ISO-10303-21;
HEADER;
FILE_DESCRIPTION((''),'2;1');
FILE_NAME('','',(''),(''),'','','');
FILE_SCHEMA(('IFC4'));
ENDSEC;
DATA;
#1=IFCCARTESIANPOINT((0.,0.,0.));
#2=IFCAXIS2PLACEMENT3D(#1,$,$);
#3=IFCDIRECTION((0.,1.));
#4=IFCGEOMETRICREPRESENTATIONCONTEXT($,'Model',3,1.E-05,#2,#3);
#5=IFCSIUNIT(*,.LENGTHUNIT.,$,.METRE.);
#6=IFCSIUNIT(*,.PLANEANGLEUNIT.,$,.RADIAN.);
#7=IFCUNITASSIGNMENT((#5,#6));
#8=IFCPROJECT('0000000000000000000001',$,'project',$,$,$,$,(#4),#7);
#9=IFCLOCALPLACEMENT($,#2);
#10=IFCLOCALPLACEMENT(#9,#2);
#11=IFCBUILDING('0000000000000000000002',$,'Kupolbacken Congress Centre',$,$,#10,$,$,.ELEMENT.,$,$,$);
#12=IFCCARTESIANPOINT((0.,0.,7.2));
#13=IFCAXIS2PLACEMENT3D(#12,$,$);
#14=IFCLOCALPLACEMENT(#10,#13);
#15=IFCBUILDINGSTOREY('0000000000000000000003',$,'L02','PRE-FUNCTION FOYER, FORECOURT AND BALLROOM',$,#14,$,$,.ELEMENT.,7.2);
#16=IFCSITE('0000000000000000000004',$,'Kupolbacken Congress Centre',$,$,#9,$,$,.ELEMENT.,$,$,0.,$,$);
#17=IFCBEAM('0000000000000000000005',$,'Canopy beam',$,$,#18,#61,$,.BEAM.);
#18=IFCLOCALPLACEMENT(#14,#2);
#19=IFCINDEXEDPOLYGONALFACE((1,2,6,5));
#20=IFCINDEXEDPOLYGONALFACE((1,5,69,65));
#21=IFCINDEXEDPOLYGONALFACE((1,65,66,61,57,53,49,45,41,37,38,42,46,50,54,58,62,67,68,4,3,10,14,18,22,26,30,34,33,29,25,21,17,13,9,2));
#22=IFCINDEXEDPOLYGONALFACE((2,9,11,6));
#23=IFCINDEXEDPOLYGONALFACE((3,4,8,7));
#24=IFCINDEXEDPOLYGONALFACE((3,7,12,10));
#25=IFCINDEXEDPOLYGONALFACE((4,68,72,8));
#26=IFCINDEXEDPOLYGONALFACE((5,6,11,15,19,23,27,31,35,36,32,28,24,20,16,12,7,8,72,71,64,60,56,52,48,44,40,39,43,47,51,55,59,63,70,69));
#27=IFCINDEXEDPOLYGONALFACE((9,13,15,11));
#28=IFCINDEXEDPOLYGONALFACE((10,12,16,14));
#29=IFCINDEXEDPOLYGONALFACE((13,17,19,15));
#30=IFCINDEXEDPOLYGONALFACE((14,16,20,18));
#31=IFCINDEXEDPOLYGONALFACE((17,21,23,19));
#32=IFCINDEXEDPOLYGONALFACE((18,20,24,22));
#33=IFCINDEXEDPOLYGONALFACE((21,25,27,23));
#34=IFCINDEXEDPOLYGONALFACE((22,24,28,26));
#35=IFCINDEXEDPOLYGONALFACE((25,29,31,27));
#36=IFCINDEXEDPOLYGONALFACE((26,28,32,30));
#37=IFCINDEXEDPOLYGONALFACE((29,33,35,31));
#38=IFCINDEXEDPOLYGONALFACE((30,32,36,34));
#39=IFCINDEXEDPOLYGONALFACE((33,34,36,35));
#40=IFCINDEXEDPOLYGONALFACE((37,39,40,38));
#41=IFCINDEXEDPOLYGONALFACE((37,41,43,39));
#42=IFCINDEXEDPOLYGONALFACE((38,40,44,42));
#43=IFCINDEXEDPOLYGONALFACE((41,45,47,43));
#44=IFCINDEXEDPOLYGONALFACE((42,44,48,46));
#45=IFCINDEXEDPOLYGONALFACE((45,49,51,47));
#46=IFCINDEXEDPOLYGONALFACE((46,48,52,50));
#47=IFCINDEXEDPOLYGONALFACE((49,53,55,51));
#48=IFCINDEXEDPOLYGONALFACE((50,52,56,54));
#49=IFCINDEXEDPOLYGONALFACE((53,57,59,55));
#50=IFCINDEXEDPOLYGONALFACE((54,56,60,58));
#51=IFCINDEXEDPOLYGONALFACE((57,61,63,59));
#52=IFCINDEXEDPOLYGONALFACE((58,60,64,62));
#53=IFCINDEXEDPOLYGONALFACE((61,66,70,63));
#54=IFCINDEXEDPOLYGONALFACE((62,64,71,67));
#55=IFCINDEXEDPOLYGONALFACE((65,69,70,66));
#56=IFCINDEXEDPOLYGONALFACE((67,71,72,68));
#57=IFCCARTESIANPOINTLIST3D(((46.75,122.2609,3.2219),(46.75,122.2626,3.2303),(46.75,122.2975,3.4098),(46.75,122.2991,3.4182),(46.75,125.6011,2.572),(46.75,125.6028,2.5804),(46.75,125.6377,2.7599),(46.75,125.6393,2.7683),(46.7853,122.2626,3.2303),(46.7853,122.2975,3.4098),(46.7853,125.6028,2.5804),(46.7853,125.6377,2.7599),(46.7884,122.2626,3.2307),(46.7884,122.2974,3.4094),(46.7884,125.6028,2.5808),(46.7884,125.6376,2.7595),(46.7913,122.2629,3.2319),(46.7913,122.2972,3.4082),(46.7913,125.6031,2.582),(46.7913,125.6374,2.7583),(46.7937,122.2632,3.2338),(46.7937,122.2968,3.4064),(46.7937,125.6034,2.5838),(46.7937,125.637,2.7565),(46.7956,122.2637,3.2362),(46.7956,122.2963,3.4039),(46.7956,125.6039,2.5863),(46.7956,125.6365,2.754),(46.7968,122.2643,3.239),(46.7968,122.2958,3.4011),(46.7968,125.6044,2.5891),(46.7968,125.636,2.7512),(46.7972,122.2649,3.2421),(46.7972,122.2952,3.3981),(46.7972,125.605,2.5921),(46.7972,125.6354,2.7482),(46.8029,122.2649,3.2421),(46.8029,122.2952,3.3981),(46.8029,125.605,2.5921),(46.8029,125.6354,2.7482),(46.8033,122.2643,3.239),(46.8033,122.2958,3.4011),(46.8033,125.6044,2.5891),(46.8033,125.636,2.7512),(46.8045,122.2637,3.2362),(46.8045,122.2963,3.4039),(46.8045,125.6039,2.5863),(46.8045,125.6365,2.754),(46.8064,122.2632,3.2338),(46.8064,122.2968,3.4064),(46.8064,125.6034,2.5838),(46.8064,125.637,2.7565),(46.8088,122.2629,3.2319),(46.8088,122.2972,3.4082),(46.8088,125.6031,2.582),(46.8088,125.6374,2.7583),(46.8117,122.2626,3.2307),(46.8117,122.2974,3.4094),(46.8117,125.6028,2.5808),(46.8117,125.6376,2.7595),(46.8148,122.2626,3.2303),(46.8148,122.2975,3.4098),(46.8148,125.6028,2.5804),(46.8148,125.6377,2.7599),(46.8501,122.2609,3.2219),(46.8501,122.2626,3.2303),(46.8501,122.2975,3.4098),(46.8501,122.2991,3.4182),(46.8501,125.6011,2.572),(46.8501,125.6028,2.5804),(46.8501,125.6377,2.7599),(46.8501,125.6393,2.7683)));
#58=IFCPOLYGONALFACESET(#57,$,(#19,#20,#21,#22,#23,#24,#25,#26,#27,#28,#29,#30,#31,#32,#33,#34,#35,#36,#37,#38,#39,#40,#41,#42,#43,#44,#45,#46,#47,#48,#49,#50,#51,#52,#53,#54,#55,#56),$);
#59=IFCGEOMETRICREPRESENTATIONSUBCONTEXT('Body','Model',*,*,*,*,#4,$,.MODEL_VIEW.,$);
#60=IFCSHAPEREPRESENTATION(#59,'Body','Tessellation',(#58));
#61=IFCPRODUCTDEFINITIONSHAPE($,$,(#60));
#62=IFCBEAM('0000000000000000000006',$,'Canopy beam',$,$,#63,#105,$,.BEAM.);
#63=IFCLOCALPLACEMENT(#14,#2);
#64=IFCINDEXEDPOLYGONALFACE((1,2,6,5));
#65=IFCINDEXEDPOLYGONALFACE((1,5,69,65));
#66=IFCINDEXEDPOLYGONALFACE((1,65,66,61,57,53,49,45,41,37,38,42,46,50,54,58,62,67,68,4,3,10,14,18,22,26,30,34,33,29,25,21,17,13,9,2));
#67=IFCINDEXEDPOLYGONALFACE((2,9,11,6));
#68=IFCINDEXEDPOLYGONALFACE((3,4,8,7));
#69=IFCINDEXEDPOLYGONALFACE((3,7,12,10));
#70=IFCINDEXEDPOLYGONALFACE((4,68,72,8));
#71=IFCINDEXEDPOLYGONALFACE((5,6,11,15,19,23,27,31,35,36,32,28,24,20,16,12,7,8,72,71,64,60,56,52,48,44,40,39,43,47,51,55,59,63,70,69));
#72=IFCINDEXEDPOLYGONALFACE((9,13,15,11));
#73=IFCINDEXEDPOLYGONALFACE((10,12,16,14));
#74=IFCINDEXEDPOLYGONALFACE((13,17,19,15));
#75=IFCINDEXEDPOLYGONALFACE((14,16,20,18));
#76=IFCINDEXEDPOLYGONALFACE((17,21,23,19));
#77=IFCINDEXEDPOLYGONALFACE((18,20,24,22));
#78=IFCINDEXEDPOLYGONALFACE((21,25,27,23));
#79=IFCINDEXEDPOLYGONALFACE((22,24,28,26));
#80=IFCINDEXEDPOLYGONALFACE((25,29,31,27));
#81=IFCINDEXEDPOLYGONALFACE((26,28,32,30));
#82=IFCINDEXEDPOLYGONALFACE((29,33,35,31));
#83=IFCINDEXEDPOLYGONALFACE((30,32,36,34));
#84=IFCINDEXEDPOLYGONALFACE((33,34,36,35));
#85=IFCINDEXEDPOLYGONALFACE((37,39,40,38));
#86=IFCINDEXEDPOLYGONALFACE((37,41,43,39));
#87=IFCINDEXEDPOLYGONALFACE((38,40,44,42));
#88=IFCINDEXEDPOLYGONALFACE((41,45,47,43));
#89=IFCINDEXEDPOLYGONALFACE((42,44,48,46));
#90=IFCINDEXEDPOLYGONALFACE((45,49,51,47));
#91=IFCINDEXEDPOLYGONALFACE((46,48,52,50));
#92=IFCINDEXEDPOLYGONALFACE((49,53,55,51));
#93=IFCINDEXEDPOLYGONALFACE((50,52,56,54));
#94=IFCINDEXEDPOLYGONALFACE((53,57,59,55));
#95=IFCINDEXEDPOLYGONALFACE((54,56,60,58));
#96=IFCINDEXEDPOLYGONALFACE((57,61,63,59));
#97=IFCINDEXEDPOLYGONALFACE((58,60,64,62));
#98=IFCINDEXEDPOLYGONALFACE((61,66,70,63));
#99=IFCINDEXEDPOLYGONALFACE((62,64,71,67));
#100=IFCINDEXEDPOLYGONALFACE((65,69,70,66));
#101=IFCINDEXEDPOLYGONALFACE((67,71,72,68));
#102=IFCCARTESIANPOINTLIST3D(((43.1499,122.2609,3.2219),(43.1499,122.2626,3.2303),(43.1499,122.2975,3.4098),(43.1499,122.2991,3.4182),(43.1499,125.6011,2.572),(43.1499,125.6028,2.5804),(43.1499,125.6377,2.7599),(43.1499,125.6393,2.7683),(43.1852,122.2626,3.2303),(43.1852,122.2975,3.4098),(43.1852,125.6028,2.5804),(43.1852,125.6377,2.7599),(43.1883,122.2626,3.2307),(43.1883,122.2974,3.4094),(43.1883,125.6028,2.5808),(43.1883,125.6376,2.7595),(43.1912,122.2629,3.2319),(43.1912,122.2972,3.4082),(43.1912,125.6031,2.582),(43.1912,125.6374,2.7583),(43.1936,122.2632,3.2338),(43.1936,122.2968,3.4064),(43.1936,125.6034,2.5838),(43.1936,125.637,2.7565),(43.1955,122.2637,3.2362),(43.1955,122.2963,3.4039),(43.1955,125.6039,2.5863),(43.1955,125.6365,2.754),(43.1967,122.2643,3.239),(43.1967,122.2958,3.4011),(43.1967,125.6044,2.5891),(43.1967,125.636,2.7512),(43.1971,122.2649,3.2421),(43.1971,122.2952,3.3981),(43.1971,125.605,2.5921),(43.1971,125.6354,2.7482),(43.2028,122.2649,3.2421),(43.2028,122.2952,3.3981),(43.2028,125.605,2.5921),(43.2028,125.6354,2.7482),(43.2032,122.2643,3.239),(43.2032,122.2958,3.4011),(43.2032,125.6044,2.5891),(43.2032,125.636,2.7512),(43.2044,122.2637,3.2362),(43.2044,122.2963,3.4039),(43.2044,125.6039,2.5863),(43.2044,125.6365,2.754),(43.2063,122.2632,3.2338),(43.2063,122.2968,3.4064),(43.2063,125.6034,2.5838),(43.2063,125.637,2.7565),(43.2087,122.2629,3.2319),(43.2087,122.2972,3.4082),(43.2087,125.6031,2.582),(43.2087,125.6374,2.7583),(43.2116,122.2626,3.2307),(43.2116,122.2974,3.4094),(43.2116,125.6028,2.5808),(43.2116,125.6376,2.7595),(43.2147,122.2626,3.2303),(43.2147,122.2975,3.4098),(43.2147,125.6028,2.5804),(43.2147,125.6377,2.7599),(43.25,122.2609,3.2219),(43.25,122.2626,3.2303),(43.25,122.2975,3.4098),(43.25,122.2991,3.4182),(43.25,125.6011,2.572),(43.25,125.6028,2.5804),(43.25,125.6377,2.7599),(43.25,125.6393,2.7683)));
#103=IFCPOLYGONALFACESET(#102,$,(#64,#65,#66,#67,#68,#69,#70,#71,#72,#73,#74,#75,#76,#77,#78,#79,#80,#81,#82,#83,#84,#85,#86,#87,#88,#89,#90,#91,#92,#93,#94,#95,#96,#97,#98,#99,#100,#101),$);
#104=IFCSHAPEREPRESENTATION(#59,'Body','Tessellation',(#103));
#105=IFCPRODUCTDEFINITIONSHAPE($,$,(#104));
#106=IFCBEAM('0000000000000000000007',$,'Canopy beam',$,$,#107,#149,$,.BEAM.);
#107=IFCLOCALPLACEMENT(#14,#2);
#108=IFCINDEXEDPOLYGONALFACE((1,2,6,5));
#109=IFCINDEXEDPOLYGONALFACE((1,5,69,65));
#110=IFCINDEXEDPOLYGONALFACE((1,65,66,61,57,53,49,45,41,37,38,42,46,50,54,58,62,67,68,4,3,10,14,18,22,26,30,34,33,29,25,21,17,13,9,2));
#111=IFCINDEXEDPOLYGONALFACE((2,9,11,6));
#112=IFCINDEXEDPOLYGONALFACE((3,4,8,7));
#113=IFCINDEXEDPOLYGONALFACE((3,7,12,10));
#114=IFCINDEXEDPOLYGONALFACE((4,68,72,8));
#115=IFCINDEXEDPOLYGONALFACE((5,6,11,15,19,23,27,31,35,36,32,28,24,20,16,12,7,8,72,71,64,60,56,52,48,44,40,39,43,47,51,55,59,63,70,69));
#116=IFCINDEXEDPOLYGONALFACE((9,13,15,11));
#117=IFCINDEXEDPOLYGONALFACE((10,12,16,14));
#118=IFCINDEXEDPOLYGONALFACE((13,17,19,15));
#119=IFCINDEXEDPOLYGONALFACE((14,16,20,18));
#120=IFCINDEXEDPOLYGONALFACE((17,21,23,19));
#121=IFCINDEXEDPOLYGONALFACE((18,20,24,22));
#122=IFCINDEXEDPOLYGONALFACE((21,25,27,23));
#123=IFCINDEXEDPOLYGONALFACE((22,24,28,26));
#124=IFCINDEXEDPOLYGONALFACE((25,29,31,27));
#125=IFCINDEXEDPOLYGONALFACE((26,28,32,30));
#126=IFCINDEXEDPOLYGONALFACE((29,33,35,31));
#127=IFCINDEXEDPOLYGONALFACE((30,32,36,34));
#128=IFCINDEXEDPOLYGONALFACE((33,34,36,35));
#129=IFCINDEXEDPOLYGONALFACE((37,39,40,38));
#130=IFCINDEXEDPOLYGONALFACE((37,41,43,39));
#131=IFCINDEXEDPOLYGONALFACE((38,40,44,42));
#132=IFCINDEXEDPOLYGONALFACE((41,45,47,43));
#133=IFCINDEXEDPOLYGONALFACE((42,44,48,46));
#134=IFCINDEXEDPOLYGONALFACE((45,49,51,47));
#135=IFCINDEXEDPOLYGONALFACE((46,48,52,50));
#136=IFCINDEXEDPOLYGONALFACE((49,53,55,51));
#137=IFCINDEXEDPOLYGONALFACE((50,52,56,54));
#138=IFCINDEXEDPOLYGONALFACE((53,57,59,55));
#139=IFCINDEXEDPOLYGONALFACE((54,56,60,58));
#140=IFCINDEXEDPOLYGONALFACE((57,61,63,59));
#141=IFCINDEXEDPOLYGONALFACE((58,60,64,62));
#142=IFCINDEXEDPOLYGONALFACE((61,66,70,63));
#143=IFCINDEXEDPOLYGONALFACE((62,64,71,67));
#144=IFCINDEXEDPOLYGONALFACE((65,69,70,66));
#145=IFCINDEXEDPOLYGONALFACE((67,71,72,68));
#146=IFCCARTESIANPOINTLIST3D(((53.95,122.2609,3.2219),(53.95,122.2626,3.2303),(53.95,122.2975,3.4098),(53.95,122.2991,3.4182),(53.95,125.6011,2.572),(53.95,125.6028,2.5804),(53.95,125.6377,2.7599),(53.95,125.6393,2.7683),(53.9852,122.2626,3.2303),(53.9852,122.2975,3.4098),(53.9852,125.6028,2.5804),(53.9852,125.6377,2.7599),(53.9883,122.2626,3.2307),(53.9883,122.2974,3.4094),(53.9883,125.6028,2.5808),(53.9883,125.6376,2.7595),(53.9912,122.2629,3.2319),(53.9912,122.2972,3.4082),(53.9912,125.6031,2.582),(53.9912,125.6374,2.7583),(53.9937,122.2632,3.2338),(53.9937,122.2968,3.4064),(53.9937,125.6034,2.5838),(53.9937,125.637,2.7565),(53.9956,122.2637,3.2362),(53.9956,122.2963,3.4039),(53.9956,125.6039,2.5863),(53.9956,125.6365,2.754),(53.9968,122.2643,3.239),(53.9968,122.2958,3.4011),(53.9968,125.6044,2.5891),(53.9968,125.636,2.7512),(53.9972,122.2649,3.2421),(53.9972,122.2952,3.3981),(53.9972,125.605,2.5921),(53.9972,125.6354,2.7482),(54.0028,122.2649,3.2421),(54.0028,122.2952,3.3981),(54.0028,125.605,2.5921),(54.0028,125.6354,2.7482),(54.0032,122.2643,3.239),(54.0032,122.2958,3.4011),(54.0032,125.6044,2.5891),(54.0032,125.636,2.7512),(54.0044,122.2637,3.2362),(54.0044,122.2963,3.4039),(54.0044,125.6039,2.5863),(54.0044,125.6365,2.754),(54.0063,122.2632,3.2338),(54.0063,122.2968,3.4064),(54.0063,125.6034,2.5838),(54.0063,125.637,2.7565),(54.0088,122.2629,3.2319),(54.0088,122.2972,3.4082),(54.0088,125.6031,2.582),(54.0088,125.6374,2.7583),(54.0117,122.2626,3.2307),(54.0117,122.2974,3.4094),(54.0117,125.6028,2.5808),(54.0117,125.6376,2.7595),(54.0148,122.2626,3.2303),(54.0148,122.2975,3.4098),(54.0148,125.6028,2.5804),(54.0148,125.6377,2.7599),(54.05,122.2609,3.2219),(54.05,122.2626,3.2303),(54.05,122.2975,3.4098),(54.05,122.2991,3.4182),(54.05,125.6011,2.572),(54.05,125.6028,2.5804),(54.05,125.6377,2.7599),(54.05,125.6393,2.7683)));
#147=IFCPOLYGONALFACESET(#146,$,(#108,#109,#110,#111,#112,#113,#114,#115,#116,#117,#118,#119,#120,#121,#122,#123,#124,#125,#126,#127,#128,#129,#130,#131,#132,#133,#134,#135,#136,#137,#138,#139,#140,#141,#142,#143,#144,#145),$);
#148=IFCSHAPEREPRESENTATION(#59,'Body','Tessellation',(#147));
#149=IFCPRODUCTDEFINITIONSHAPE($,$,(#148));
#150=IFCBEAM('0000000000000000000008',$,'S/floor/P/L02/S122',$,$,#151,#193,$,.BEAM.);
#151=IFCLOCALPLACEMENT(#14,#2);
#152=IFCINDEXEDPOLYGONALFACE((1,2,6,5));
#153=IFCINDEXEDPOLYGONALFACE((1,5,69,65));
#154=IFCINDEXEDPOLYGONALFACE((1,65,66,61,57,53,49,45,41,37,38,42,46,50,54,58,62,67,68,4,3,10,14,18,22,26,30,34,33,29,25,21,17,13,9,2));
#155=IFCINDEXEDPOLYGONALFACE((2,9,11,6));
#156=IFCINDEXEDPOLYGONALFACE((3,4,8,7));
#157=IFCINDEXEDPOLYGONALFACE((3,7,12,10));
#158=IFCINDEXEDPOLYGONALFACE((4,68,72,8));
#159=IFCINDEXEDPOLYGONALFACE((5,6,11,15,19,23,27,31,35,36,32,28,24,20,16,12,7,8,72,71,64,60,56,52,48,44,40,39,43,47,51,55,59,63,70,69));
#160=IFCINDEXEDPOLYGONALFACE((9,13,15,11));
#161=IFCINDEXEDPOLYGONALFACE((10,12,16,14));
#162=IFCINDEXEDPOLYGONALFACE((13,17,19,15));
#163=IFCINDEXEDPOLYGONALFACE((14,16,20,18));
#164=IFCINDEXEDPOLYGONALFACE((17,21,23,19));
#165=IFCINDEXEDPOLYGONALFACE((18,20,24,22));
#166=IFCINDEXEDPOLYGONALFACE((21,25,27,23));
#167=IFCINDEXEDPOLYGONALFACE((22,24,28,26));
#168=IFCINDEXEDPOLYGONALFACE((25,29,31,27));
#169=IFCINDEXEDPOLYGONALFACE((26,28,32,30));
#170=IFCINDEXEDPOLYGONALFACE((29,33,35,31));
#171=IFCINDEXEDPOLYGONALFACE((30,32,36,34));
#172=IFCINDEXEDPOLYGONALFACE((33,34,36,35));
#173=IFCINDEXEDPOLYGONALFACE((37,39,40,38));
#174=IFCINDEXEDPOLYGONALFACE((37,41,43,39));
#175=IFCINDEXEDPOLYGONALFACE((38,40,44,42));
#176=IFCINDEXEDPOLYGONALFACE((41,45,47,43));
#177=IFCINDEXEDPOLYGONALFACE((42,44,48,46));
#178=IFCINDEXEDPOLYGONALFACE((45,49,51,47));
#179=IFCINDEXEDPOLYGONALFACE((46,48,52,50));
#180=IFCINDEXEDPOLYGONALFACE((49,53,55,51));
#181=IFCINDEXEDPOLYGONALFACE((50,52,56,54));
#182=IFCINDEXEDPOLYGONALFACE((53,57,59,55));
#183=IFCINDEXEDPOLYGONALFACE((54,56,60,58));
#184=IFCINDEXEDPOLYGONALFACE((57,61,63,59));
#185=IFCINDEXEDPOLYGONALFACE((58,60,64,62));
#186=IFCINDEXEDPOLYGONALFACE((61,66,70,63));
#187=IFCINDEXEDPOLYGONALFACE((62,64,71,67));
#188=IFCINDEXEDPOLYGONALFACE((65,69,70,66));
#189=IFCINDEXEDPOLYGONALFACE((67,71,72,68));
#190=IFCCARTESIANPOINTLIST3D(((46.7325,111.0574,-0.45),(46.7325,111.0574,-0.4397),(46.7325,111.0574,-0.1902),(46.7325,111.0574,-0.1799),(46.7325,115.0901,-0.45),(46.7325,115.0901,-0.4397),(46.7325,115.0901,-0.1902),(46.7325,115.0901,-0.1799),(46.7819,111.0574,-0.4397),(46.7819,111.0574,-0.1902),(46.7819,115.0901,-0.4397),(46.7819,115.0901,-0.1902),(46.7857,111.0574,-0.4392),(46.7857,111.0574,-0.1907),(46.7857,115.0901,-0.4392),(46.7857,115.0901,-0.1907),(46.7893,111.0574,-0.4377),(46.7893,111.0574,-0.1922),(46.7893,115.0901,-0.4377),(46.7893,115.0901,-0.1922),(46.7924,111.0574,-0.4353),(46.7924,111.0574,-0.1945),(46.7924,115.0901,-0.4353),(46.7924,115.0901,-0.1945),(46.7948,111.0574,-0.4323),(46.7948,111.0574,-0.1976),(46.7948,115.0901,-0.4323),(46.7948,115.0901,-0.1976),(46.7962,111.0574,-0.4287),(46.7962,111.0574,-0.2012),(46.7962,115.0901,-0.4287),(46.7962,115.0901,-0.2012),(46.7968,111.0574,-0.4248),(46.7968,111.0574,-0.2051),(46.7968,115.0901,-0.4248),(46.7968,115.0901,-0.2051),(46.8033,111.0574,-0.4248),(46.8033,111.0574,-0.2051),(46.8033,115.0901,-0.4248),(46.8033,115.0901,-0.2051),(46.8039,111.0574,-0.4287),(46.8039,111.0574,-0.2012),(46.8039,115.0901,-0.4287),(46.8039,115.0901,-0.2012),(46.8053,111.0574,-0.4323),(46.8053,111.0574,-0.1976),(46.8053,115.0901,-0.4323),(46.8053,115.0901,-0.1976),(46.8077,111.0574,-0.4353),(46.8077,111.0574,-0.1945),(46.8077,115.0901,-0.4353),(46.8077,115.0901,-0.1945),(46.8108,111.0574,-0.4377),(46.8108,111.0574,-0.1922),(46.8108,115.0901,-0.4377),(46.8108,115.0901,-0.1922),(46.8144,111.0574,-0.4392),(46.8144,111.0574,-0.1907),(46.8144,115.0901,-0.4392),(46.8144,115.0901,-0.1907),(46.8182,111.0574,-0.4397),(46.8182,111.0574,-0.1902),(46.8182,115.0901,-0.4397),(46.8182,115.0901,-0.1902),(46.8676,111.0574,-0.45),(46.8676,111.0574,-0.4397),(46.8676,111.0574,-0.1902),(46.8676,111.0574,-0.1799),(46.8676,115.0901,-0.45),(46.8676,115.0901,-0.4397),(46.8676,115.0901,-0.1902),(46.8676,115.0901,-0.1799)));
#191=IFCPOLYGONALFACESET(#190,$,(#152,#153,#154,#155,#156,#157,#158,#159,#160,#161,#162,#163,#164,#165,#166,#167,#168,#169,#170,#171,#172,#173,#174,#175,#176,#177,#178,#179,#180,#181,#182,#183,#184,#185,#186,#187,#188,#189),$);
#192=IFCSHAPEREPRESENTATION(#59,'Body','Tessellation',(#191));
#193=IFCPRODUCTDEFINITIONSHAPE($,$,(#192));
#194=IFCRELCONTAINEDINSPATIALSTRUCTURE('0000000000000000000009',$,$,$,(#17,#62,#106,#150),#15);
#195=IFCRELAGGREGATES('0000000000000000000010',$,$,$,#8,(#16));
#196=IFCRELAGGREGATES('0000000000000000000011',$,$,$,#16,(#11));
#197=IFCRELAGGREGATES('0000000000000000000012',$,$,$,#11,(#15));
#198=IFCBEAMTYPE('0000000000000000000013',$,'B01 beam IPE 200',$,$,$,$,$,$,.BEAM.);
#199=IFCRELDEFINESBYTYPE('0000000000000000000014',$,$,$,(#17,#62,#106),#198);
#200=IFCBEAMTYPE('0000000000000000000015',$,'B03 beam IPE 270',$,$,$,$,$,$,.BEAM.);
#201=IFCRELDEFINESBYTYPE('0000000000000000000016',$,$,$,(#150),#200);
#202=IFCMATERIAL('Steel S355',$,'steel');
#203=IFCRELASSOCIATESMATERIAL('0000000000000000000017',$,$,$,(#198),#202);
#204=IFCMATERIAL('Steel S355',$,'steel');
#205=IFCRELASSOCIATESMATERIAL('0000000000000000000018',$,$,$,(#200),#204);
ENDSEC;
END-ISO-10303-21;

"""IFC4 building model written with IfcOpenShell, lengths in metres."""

from ifc_helpers import new_model, si_unit, direction, frame, origin, origin_2d, place, context, subcontext, project, spatial, i_section, extrude, material, material_profile, profile_set, type_object, element, save


model = new_model("IFC4")

# Units and contexts
model_context = context("Model", 3, precision=1e-05, world=origin(), true_north=direction((0.0, 1.0)))
body_context = subcontext(model_context, "Body", "Model", "MODEL_VIEW")
ifc_project = project(units=[si_unit("LENGTHUNIT", "METRE"), si_unit("PLANEANGLEUNIT", "RADIAN")], contexts=[model_context])

# Site, building, storey
site_placement = place(None, origin())
site = spatial("IfcSite", under=ifc_project, at=site_placement, Name="Kupolbacken Congress Centre", CompositionType="ELEMENT", RefElevation=0.0)
building_placement = place(site_placement, origin())
building = spatial("IfcBuilding", under=site, at=building_placement, Name="Kupolbacken Congress Centre", CompositionType="ELEMENT")
storey_placement = place(building_placement, frame((0.0, 0.0, 7.2)))
storey = spatial("IfcBuildingStorey", under=building, at=storey_placement, Name="L02", Description="PRE-FUNCTION FOYER, FORECOURT AND BALLROOM", CompositionType="ELEMENT", Elevation=7.2)

# Beams
ifc_material_1 = material(Name="Steel S355", Category="steel")
ifc_material_profile_1 = material_profile(ifc_material_1, i_section(OverallWidth=0.1001, OverallDepth=0.2, WebThickness=0.0056, FlangeThickness=0.0085, FilletRadius=0.012, at=origin_2d()), Name="IPE 200")
ifc_profile_set_1 = profile_set([ifc_material_profile_1], Name="Steel S355")
beam_type_1 = type_object("IfcBeamType", Name="B01 beam IPE 200", PredefinedType="BEAM", material=ifc_profile_set_1)
for number, where, z_axis, x_axis, name in (
    (1, (46.8, 122.28, 3.3201), (0.0, 0.981591, -0.190994), (-1.0, 0.0, 0.0), "Canopy beam"),
    (2, (43.2, 122.28, 3.3201), (0.0, 0.981591, -0.190994), (-1.0, 0.0, 0.0), "Canopy beam"),
    (3, (54.0, 122.28, 3.3201), (0.0, 0.981591, -0.190994), (-1.0, 0.0, 0.0), "Canopy beam"),
):
    element("IfcBeam", number, at=place(storey_placement, frame(where, z_axis=z_axis, x_axis=x_axis)), inside=storey, type_object=beam_type_1, Name=name, PredefinedType="BEAM", context=body_context, shape_type="SweptSolid", body=[
        extrude(i_section(OverallWidth=0.1001, OverallDepth=0.2, WebThickness=0.0056, FlangeThickness=0.0085, FilletRadius=0.012, at=origin_2d()), origin(), (0.0, 0.0, 1.0), 3.4028),
    ])
ifc_material_2 = material(Name="Steel S355", Category="steel")
ifc_material_profile_2 = material_profile(ifc_material_2, i_section(OverallWidth=0.135, OverallDepth=0.27, WebThickness=0.0066, FlangeThickness=0.0103, FilletRadius=0.0149, at=origin_2d()), Name="IPE 270")
ifc_profile_set_2 = profile_set([ifc_material_profile_2], Name="Steel S355")
beam_type_2 = type_object("IfcBeamType", Name="B03 beam IPE 270", PredefinedType="BEAM", material=ifc_profile_set_2)
beam_1_placement = place(storey_placement, frame((46.8, 111.0574, -0.3149), z_axis=(0.0, 1.0, 0.0), x_axis=(-1.0, 0.0, 0.0)))
element("IfcBeam", 4, at=beam_1_placement, inside=storey, type_object=beam_type_2, Name="S/floor/P/L02/S122", PredefinedType="BEAM", context=body_context, shape_type="SweptSolid", body=[
    extrude(i_section(OverallWidth=0.135, OverallDepth=0.27, WebThickness=0.0066, FlangeThickness=0.0103, FilletRadius=0.0149, at=origin_2d()), origin(), (0.0, 0.0, 1.0), 4.0327),
])

save(model, "model.ifc")
